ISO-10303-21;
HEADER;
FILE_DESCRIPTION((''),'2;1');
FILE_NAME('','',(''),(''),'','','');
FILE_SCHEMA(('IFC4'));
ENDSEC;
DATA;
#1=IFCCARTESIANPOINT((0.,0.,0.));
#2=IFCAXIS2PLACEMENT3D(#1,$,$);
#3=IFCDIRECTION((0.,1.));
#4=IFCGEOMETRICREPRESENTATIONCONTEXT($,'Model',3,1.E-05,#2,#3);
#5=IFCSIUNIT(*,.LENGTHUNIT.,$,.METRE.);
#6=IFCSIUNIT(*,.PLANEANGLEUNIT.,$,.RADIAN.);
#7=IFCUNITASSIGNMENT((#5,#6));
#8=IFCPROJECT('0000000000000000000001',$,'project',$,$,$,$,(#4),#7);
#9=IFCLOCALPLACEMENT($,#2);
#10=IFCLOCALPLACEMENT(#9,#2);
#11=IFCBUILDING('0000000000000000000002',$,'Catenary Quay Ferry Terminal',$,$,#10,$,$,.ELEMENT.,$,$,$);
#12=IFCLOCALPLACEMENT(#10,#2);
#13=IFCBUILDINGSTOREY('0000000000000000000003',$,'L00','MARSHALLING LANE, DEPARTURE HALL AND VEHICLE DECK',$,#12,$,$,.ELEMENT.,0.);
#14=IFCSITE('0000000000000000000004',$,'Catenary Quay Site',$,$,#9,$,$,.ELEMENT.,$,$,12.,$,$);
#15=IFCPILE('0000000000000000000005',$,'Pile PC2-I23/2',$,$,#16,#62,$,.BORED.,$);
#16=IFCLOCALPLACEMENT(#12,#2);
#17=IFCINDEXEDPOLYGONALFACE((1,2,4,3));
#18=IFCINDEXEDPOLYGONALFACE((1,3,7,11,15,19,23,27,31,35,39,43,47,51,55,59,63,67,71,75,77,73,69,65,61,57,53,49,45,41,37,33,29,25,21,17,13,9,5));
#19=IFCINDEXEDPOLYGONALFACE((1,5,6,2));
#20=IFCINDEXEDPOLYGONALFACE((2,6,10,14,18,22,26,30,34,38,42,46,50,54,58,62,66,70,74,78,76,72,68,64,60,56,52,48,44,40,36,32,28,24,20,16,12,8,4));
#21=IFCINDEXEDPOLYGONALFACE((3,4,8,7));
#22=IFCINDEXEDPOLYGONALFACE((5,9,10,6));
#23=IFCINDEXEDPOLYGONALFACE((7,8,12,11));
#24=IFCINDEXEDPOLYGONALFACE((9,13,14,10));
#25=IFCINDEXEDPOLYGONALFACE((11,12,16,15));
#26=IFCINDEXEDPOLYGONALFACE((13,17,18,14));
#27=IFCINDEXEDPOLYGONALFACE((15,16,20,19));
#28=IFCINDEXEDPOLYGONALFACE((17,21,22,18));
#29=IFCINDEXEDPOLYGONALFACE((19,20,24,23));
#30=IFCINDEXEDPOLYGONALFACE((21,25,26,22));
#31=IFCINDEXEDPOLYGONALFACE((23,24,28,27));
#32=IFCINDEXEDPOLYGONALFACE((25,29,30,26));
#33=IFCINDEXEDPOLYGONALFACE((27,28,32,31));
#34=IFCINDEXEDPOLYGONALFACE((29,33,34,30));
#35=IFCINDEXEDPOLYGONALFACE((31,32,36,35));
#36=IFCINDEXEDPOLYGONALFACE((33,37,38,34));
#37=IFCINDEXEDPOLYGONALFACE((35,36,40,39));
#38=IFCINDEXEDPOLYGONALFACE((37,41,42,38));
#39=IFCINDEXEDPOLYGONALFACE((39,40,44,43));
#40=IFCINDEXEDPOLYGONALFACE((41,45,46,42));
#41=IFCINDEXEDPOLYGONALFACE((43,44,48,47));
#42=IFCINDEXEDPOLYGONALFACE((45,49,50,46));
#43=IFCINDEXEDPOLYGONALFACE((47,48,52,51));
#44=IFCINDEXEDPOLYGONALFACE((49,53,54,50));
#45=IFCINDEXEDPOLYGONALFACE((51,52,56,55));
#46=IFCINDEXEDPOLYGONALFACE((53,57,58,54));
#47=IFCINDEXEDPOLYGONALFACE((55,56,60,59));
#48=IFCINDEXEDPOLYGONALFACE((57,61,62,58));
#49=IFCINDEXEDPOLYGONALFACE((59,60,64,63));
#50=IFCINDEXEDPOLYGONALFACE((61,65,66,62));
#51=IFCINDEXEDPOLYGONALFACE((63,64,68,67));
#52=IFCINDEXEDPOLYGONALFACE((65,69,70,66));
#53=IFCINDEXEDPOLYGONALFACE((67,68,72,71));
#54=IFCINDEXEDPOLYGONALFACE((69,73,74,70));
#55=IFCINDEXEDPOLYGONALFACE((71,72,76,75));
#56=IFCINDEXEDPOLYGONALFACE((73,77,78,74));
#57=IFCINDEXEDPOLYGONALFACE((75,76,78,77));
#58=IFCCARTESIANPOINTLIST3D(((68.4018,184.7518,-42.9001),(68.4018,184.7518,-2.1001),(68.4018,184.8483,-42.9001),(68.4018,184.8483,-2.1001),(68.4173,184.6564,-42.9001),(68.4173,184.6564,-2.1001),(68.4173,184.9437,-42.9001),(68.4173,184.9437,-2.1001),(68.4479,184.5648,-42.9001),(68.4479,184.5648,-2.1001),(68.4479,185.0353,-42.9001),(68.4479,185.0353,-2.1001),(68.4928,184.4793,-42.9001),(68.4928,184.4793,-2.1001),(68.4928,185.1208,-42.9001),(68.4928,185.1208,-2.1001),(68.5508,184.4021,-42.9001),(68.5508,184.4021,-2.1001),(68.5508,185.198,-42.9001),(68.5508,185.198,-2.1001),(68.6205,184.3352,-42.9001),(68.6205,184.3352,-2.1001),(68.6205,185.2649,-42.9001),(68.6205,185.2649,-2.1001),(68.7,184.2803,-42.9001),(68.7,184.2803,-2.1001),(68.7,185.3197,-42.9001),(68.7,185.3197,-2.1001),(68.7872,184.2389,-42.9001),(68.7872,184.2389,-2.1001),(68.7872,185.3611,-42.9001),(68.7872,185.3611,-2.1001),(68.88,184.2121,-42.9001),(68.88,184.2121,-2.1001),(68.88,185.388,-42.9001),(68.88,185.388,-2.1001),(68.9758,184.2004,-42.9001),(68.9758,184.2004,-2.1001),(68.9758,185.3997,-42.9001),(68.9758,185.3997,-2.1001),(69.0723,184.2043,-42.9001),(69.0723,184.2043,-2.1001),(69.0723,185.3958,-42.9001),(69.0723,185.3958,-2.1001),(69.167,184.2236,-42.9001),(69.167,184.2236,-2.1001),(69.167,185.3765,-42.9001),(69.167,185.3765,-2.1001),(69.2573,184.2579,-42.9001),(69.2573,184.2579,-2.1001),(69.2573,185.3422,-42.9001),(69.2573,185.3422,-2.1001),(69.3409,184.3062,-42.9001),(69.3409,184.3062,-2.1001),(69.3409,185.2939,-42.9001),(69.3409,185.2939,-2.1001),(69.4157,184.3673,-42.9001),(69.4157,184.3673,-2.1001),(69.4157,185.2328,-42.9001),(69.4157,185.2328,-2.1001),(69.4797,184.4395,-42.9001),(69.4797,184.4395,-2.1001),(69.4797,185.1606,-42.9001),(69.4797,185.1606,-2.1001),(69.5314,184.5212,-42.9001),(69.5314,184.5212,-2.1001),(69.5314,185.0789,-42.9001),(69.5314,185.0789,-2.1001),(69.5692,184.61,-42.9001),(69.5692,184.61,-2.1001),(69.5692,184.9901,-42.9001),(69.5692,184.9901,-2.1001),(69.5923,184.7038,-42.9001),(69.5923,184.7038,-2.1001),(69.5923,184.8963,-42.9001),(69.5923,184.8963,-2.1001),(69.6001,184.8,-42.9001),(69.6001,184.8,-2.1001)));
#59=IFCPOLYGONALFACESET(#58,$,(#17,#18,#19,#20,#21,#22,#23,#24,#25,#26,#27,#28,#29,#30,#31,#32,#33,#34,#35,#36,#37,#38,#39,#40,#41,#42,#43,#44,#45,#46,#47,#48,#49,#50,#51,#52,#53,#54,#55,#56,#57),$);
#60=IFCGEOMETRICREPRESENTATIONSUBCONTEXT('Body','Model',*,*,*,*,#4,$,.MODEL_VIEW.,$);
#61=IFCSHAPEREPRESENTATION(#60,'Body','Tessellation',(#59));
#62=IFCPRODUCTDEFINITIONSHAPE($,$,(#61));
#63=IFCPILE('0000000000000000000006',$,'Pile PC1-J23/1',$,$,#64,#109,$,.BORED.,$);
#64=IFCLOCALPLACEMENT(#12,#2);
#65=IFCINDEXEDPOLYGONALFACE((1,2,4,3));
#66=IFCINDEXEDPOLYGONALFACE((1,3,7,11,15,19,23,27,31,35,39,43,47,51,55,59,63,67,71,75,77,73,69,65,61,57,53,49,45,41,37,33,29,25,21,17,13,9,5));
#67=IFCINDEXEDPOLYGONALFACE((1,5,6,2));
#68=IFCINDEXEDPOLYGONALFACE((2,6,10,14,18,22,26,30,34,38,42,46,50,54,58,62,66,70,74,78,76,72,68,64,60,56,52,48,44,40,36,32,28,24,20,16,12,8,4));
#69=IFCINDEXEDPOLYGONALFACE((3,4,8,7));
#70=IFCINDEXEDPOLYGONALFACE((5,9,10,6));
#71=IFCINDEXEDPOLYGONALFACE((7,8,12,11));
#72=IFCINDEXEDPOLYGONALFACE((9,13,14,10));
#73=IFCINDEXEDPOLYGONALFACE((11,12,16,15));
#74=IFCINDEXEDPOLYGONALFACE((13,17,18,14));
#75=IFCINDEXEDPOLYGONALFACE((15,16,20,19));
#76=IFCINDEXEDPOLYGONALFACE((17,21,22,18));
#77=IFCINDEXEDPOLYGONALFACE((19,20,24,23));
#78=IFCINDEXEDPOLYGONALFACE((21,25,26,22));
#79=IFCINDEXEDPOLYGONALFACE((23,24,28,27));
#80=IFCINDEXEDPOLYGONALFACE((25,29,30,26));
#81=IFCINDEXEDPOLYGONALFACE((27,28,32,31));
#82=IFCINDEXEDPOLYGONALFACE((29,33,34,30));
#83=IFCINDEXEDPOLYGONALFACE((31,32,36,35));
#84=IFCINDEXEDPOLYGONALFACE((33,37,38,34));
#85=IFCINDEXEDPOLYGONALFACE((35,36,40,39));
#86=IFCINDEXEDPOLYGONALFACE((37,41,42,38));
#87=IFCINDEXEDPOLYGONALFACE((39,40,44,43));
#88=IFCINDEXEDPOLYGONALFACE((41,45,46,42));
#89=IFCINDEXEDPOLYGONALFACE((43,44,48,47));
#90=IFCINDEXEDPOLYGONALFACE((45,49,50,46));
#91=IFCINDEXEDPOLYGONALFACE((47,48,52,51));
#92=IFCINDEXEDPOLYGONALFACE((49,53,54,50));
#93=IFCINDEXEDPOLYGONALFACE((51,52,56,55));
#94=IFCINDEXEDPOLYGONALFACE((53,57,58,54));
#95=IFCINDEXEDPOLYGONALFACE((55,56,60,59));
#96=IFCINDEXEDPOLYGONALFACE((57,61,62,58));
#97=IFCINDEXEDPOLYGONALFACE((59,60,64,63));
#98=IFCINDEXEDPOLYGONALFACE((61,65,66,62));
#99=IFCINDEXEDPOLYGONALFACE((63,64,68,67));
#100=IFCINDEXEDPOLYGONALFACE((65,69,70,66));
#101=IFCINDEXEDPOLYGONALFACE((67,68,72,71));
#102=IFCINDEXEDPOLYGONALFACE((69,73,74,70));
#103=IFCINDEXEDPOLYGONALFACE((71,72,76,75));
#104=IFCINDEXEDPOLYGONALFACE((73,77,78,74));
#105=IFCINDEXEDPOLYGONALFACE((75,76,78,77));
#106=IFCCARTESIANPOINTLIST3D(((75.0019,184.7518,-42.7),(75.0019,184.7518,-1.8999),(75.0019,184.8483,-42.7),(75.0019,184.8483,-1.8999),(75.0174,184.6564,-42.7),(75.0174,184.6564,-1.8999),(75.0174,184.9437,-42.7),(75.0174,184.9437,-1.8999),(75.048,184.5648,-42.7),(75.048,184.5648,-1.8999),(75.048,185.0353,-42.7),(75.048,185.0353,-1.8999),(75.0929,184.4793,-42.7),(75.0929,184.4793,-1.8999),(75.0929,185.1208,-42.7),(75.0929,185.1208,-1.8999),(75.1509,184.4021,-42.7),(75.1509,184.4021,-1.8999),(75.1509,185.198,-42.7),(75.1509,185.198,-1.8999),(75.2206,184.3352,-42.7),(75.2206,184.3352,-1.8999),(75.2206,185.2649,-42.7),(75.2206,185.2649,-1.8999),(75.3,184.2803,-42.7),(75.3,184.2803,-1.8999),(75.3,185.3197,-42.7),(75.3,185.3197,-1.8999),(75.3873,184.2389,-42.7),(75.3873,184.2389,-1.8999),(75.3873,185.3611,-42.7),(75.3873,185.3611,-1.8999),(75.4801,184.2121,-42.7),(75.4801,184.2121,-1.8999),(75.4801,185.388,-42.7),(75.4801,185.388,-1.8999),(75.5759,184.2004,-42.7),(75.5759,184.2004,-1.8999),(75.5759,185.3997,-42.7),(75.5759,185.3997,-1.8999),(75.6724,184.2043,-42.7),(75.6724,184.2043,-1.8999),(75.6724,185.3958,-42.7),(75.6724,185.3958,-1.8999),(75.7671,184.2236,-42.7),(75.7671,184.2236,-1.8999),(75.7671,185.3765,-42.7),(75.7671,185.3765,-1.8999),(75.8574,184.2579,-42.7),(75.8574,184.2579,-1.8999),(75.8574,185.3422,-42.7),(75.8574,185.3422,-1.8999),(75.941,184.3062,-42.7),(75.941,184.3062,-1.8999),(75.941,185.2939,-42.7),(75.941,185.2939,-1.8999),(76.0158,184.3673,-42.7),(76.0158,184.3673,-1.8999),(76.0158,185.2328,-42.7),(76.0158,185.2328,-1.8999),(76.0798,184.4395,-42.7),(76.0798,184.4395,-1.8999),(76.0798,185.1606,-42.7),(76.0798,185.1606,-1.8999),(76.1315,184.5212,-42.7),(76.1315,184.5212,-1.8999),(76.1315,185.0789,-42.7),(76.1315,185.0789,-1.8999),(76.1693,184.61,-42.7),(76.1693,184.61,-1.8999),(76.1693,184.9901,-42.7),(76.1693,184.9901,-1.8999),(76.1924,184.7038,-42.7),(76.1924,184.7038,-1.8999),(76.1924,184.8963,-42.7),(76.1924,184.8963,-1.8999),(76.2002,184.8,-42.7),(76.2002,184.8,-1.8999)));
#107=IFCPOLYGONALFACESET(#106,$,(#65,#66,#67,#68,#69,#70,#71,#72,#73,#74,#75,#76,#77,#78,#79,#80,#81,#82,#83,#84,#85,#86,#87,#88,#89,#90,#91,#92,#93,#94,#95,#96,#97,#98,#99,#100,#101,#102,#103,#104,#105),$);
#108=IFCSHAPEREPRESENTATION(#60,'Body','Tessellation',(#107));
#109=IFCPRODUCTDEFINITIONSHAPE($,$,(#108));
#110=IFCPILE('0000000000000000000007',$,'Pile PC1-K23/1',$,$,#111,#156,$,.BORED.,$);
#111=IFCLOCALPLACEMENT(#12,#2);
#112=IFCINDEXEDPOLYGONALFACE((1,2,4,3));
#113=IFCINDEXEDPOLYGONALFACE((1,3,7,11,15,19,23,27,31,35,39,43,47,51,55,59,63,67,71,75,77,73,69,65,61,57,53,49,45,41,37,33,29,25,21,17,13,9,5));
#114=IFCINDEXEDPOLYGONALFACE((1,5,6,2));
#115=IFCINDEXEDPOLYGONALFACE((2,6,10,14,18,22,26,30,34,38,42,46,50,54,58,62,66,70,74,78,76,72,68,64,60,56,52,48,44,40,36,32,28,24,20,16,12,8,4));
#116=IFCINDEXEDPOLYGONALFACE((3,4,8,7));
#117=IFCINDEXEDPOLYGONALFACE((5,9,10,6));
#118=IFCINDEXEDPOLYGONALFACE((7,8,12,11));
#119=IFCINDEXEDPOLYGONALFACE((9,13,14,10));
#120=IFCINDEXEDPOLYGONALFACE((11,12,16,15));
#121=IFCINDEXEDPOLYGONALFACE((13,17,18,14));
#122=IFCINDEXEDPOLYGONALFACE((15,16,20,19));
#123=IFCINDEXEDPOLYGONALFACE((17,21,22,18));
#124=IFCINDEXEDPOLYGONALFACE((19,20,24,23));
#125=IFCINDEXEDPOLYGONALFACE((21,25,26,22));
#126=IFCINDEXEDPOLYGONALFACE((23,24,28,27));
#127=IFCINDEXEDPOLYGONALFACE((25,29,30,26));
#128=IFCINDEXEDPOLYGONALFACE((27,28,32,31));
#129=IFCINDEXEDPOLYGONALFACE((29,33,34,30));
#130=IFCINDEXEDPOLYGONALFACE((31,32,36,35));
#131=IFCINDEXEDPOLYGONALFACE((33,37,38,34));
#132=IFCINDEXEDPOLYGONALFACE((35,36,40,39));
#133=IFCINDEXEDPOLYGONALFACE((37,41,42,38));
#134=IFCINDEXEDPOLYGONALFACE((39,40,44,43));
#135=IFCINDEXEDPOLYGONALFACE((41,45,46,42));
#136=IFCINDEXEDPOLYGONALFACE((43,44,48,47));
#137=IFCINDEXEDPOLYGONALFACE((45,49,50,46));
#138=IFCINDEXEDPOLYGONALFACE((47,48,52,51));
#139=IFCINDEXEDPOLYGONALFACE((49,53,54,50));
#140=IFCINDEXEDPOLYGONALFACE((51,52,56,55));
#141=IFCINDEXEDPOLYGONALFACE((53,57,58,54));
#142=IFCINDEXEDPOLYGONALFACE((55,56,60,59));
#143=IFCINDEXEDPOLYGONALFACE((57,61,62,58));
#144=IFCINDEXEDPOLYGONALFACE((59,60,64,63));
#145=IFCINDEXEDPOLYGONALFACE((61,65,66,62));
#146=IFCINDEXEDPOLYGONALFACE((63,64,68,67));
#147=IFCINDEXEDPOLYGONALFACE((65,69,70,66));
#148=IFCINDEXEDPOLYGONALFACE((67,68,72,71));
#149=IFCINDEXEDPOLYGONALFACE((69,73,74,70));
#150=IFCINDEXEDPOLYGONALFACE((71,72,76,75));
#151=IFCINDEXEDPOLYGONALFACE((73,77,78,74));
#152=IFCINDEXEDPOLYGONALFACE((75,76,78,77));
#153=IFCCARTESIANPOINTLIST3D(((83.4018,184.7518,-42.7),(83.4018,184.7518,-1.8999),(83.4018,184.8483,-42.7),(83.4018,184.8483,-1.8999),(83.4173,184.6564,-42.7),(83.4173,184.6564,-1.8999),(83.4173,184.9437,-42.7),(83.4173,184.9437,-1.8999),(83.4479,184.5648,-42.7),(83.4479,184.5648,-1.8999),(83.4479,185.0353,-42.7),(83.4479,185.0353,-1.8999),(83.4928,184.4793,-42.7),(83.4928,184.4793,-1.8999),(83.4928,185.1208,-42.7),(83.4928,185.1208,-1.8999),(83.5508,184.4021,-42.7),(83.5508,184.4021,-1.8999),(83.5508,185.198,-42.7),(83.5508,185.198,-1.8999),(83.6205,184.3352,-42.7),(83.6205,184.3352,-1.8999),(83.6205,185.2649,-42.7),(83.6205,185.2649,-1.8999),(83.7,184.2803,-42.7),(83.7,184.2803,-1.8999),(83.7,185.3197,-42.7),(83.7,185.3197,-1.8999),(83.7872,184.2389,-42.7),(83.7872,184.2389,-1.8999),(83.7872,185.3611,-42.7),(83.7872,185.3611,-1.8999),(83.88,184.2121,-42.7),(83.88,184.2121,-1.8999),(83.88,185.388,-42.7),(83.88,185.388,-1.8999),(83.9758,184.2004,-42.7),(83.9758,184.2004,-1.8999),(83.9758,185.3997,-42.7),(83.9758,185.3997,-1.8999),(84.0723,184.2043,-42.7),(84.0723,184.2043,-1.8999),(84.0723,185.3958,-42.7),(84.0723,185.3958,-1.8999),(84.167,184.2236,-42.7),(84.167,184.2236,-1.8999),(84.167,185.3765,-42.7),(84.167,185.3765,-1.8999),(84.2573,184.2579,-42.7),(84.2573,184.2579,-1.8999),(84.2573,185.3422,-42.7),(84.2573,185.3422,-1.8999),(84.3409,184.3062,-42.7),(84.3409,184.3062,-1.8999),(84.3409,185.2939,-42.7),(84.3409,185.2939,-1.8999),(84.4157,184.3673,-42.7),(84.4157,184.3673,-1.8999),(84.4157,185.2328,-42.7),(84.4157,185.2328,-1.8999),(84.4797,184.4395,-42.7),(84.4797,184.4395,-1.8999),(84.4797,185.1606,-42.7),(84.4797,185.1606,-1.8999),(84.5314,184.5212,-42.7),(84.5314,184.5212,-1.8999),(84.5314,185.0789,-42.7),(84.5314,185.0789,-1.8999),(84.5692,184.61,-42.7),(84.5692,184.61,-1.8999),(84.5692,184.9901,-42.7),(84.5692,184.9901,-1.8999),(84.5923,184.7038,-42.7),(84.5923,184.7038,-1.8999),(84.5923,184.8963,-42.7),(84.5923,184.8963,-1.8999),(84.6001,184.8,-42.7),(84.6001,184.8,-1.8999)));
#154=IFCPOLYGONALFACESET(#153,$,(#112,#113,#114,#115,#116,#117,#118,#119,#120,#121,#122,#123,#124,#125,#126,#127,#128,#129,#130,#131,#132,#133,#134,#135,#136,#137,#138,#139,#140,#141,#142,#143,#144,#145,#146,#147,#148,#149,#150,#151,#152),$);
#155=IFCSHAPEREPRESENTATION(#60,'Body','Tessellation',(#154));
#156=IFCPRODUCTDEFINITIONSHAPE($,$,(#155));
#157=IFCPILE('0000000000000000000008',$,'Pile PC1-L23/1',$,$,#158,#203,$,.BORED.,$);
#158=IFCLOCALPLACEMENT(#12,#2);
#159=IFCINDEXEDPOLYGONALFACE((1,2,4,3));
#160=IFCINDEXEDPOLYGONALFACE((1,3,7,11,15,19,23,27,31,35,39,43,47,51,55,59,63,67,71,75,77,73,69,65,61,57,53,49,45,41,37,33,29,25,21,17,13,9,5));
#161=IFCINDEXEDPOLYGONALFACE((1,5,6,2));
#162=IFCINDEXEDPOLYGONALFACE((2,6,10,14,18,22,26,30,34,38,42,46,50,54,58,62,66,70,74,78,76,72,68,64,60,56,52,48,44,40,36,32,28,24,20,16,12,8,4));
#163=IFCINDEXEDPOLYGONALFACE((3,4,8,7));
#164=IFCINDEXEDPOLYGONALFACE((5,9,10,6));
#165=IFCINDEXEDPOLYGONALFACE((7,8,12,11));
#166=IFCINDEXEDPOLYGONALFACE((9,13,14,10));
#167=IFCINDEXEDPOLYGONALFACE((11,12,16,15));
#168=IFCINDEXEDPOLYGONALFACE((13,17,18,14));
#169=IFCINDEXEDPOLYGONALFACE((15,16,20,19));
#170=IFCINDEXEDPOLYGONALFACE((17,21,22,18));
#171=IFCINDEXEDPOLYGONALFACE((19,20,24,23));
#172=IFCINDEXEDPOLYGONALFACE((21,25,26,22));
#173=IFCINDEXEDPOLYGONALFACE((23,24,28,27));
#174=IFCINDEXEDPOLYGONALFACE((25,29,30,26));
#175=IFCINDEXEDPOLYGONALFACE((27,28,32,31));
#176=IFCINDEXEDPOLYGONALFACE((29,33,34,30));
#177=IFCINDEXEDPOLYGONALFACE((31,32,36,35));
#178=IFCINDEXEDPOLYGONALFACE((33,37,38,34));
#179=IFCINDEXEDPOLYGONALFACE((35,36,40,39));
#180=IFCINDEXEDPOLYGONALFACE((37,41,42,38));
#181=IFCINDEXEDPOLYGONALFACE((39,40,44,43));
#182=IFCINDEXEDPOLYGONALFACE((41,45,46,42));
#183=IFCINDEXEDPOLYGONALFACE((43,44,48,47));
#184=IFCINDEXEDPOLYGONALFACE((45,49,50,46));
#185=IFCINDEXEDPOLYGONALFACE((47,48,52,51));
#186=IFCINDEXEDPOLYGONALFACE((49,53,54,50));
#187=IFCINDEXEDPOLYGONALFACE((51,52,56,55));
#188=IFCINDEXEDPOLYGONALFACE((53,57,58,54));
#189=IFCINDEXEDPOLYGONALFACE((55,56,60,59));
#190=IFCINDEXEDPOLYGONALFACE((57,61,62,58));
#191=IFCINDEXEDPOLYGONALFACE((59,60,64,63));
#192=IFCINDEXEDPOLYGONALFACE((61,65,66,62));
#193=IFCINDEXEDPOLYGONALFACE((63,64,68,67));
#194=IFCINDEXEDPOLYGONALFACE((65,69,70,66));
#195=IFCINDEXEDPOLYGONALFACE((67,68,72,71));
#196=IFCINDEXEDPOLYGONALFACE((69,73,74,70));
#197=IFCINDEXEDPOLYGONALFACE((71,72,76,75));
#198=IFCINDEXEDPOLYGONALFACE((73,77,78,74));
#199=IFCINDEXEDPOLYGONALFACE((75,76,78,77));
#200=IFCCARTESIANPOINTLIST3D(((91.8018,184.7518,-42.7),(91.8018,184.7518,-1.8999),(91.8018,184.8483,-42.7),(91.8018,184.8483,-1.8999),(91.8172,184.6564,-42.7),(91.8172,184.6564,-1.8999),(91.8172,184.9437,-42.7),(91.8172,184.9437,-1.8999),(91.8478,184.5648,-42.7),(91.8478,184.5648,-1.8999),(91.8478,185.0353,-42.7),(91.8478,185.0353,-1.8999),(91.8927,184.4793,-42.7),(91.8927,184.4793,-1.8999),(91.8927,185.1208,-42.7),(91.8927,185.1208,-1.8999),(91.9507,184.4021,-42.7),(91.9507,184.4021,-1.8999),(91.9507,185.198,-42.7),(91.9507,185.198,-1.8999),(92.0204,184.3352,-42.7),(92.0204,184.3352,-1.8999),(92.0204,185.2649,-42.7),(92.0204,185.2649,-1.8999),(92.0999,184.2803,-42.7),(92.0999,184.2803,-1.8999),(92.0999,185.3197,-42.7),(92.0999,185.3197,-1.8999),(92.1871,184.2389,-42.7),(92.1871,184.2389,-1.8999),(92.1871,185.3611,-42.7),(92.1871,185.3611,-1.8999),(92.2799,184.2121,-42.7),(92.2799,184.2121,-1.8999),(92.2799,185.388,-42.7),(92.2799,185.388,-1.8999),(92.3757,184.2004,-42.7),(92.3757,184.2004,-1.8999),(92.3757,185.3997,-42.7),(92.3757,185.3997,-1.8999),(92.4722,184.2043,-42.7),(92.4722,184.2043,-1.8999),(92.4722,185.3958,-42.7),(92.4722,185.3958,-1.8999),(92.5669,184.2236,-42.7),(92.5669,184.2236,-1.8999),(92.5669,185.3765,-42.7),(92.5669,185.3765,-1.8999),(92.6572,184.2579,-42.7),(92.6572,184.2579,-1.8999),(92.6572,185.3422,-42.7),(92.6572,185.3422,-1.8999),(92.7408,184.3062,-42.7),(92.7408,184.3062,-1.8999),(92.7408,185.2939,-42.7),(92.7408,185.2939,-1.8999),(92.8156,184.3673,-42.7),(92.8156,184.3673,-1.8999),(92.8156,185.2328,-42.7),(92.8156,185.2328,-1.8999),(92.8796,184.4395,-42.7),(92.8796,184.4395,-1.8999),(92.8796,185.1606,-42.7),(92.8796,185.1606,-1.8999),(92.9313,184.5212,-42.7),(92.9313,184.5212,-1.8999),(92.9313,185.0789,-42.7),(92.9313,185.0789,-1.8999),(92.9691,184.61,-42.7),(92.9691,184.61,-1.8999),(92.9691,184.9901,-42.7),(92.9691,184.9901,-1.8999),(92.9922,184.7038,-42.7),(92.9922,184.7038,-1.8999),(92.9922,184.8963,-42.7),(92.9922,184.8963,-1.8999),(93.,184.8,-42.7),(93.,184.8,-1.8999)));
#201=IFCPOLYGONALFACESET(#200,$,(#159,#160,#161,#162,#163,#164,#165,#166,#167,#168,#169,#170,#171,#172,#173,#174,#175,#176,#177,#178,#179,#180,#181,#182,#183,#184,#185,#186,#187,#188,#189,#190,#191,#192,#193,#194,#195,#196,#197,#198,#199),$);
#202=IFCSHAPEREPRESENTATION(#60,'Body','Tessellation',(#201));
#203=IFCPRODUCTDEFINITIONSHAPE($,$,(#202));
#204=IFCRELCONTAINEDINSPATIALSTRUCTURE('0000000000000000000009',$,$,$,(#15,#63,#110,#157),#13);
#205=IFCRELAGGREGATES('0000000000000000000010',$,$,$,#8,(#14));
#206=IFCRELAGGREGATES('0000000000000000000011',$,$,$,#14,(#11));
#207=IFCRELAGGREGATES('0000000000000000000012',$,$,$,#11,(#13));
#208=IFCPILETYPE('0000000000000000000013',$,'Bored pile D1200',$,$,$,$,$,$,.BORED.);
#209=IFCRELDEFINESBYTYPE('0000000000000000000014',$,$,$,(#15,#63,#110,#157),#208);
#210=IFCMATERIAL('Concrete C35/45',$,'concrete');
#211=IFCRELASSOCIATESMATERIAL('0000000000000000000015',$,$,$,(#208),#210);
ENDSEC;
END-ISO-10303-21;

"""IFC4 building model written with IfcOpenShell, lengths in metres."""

from ifc_helpers import new_model, si_unit, direction, frame, origin, origin_2d, place, context, subcontext, project, spatial, circle, extrude, material, material_profile, profile_set, type_object, element, save


model = new_model("IFC4")

# Units and contexts
model_context = context("Model", 3, precision=1e-05, world=origin(), true_north=direction((0.0, 1.0)))
body_context = subcontext(model_context, "Body", "Model", "MODEL_VIEW")
ifc_project = project(units=[si_unit("LENGTHUNIT", "METRE"), si_unit("PLANEANGLEUNIT", "RADIAN")], contexts=[model_context])

# Site, building, storey
site_placement = place(None, origin())
site = spatial("IfcSite", under=ifc_project, at=site_placement, Name="Catenary Quay Site", CompositionType="ELEMENT", RefElevation=12.0)
building_placement = place(site_placement, origin())
building = spatial("IfcBuilding", under=site, at=building_placement, Name="Catenary Quay Ferry Terminal", CompositionType="ELEMENT")
storey_placement = place(building_placement, origin())
storey = spatial("IfcBuildingStorey", under=building, at=storey_placement, Name="L00", Description="MARSHALLING LANE, DEPARTURE HALL AND VEHICLE DECK", CompositionType="ELEMENT", Elevation=0.0)

# Piles
ifc_material_1 = material(Name="Concrete C35/45", Category="concrete")
ifc_material_profile = material_profile(ifc_material_1, circle(Radius=0.6001, at=origin_2d()), Name="D1200")
ifc_profile_set = profile_set([ifc_material_profile], Name="Concrete C35/45")
pile_type = type_object("IfcPileType", Name="Bored pile D1200", PredefinedType="BORED", material=ifc_profile_set)
for number, where, z_axis, x_axis, name in (
    (1, (69.0, 184.8, -2.1001), (0.0, 0.0, -1.0), (1.0, 0.0, 0.0), "Pile PC2-I23/2"),
    (2, (75.6001, 184.8, -1.8999), (0.0, 0.0, -1.0), (1.0, 0.0, 0.0), "Pile PC1-J23/1"),
    (3, (84.0, 184.8, -1.8999), (0.0, 0.0, -1.0), (1.0, 0.0, 0.0), "Pile PC1-K23/1"),
    (4, (92.3999, 184.8, -1.8999), (0.0, 0.0, -1.0), (1.0, 0.0, 0.0), "Pile PC1-L23/1"),
):
    element("IfcPile", number, at=place(storey_placement, frame(where, z_axis=z_axis, x_axis=x_axis)), inside=storey, type_object=pile_type, Name=name, PredefinedType="BORED", context=body_context, shape_type="SweptSolid", body=[
        extrude(circle(Radius=0.6001, at=origin_2d()), origin(), (0.0, 0.0, 1.0), 40.8),
    ])

save(model, "model.ifc")
